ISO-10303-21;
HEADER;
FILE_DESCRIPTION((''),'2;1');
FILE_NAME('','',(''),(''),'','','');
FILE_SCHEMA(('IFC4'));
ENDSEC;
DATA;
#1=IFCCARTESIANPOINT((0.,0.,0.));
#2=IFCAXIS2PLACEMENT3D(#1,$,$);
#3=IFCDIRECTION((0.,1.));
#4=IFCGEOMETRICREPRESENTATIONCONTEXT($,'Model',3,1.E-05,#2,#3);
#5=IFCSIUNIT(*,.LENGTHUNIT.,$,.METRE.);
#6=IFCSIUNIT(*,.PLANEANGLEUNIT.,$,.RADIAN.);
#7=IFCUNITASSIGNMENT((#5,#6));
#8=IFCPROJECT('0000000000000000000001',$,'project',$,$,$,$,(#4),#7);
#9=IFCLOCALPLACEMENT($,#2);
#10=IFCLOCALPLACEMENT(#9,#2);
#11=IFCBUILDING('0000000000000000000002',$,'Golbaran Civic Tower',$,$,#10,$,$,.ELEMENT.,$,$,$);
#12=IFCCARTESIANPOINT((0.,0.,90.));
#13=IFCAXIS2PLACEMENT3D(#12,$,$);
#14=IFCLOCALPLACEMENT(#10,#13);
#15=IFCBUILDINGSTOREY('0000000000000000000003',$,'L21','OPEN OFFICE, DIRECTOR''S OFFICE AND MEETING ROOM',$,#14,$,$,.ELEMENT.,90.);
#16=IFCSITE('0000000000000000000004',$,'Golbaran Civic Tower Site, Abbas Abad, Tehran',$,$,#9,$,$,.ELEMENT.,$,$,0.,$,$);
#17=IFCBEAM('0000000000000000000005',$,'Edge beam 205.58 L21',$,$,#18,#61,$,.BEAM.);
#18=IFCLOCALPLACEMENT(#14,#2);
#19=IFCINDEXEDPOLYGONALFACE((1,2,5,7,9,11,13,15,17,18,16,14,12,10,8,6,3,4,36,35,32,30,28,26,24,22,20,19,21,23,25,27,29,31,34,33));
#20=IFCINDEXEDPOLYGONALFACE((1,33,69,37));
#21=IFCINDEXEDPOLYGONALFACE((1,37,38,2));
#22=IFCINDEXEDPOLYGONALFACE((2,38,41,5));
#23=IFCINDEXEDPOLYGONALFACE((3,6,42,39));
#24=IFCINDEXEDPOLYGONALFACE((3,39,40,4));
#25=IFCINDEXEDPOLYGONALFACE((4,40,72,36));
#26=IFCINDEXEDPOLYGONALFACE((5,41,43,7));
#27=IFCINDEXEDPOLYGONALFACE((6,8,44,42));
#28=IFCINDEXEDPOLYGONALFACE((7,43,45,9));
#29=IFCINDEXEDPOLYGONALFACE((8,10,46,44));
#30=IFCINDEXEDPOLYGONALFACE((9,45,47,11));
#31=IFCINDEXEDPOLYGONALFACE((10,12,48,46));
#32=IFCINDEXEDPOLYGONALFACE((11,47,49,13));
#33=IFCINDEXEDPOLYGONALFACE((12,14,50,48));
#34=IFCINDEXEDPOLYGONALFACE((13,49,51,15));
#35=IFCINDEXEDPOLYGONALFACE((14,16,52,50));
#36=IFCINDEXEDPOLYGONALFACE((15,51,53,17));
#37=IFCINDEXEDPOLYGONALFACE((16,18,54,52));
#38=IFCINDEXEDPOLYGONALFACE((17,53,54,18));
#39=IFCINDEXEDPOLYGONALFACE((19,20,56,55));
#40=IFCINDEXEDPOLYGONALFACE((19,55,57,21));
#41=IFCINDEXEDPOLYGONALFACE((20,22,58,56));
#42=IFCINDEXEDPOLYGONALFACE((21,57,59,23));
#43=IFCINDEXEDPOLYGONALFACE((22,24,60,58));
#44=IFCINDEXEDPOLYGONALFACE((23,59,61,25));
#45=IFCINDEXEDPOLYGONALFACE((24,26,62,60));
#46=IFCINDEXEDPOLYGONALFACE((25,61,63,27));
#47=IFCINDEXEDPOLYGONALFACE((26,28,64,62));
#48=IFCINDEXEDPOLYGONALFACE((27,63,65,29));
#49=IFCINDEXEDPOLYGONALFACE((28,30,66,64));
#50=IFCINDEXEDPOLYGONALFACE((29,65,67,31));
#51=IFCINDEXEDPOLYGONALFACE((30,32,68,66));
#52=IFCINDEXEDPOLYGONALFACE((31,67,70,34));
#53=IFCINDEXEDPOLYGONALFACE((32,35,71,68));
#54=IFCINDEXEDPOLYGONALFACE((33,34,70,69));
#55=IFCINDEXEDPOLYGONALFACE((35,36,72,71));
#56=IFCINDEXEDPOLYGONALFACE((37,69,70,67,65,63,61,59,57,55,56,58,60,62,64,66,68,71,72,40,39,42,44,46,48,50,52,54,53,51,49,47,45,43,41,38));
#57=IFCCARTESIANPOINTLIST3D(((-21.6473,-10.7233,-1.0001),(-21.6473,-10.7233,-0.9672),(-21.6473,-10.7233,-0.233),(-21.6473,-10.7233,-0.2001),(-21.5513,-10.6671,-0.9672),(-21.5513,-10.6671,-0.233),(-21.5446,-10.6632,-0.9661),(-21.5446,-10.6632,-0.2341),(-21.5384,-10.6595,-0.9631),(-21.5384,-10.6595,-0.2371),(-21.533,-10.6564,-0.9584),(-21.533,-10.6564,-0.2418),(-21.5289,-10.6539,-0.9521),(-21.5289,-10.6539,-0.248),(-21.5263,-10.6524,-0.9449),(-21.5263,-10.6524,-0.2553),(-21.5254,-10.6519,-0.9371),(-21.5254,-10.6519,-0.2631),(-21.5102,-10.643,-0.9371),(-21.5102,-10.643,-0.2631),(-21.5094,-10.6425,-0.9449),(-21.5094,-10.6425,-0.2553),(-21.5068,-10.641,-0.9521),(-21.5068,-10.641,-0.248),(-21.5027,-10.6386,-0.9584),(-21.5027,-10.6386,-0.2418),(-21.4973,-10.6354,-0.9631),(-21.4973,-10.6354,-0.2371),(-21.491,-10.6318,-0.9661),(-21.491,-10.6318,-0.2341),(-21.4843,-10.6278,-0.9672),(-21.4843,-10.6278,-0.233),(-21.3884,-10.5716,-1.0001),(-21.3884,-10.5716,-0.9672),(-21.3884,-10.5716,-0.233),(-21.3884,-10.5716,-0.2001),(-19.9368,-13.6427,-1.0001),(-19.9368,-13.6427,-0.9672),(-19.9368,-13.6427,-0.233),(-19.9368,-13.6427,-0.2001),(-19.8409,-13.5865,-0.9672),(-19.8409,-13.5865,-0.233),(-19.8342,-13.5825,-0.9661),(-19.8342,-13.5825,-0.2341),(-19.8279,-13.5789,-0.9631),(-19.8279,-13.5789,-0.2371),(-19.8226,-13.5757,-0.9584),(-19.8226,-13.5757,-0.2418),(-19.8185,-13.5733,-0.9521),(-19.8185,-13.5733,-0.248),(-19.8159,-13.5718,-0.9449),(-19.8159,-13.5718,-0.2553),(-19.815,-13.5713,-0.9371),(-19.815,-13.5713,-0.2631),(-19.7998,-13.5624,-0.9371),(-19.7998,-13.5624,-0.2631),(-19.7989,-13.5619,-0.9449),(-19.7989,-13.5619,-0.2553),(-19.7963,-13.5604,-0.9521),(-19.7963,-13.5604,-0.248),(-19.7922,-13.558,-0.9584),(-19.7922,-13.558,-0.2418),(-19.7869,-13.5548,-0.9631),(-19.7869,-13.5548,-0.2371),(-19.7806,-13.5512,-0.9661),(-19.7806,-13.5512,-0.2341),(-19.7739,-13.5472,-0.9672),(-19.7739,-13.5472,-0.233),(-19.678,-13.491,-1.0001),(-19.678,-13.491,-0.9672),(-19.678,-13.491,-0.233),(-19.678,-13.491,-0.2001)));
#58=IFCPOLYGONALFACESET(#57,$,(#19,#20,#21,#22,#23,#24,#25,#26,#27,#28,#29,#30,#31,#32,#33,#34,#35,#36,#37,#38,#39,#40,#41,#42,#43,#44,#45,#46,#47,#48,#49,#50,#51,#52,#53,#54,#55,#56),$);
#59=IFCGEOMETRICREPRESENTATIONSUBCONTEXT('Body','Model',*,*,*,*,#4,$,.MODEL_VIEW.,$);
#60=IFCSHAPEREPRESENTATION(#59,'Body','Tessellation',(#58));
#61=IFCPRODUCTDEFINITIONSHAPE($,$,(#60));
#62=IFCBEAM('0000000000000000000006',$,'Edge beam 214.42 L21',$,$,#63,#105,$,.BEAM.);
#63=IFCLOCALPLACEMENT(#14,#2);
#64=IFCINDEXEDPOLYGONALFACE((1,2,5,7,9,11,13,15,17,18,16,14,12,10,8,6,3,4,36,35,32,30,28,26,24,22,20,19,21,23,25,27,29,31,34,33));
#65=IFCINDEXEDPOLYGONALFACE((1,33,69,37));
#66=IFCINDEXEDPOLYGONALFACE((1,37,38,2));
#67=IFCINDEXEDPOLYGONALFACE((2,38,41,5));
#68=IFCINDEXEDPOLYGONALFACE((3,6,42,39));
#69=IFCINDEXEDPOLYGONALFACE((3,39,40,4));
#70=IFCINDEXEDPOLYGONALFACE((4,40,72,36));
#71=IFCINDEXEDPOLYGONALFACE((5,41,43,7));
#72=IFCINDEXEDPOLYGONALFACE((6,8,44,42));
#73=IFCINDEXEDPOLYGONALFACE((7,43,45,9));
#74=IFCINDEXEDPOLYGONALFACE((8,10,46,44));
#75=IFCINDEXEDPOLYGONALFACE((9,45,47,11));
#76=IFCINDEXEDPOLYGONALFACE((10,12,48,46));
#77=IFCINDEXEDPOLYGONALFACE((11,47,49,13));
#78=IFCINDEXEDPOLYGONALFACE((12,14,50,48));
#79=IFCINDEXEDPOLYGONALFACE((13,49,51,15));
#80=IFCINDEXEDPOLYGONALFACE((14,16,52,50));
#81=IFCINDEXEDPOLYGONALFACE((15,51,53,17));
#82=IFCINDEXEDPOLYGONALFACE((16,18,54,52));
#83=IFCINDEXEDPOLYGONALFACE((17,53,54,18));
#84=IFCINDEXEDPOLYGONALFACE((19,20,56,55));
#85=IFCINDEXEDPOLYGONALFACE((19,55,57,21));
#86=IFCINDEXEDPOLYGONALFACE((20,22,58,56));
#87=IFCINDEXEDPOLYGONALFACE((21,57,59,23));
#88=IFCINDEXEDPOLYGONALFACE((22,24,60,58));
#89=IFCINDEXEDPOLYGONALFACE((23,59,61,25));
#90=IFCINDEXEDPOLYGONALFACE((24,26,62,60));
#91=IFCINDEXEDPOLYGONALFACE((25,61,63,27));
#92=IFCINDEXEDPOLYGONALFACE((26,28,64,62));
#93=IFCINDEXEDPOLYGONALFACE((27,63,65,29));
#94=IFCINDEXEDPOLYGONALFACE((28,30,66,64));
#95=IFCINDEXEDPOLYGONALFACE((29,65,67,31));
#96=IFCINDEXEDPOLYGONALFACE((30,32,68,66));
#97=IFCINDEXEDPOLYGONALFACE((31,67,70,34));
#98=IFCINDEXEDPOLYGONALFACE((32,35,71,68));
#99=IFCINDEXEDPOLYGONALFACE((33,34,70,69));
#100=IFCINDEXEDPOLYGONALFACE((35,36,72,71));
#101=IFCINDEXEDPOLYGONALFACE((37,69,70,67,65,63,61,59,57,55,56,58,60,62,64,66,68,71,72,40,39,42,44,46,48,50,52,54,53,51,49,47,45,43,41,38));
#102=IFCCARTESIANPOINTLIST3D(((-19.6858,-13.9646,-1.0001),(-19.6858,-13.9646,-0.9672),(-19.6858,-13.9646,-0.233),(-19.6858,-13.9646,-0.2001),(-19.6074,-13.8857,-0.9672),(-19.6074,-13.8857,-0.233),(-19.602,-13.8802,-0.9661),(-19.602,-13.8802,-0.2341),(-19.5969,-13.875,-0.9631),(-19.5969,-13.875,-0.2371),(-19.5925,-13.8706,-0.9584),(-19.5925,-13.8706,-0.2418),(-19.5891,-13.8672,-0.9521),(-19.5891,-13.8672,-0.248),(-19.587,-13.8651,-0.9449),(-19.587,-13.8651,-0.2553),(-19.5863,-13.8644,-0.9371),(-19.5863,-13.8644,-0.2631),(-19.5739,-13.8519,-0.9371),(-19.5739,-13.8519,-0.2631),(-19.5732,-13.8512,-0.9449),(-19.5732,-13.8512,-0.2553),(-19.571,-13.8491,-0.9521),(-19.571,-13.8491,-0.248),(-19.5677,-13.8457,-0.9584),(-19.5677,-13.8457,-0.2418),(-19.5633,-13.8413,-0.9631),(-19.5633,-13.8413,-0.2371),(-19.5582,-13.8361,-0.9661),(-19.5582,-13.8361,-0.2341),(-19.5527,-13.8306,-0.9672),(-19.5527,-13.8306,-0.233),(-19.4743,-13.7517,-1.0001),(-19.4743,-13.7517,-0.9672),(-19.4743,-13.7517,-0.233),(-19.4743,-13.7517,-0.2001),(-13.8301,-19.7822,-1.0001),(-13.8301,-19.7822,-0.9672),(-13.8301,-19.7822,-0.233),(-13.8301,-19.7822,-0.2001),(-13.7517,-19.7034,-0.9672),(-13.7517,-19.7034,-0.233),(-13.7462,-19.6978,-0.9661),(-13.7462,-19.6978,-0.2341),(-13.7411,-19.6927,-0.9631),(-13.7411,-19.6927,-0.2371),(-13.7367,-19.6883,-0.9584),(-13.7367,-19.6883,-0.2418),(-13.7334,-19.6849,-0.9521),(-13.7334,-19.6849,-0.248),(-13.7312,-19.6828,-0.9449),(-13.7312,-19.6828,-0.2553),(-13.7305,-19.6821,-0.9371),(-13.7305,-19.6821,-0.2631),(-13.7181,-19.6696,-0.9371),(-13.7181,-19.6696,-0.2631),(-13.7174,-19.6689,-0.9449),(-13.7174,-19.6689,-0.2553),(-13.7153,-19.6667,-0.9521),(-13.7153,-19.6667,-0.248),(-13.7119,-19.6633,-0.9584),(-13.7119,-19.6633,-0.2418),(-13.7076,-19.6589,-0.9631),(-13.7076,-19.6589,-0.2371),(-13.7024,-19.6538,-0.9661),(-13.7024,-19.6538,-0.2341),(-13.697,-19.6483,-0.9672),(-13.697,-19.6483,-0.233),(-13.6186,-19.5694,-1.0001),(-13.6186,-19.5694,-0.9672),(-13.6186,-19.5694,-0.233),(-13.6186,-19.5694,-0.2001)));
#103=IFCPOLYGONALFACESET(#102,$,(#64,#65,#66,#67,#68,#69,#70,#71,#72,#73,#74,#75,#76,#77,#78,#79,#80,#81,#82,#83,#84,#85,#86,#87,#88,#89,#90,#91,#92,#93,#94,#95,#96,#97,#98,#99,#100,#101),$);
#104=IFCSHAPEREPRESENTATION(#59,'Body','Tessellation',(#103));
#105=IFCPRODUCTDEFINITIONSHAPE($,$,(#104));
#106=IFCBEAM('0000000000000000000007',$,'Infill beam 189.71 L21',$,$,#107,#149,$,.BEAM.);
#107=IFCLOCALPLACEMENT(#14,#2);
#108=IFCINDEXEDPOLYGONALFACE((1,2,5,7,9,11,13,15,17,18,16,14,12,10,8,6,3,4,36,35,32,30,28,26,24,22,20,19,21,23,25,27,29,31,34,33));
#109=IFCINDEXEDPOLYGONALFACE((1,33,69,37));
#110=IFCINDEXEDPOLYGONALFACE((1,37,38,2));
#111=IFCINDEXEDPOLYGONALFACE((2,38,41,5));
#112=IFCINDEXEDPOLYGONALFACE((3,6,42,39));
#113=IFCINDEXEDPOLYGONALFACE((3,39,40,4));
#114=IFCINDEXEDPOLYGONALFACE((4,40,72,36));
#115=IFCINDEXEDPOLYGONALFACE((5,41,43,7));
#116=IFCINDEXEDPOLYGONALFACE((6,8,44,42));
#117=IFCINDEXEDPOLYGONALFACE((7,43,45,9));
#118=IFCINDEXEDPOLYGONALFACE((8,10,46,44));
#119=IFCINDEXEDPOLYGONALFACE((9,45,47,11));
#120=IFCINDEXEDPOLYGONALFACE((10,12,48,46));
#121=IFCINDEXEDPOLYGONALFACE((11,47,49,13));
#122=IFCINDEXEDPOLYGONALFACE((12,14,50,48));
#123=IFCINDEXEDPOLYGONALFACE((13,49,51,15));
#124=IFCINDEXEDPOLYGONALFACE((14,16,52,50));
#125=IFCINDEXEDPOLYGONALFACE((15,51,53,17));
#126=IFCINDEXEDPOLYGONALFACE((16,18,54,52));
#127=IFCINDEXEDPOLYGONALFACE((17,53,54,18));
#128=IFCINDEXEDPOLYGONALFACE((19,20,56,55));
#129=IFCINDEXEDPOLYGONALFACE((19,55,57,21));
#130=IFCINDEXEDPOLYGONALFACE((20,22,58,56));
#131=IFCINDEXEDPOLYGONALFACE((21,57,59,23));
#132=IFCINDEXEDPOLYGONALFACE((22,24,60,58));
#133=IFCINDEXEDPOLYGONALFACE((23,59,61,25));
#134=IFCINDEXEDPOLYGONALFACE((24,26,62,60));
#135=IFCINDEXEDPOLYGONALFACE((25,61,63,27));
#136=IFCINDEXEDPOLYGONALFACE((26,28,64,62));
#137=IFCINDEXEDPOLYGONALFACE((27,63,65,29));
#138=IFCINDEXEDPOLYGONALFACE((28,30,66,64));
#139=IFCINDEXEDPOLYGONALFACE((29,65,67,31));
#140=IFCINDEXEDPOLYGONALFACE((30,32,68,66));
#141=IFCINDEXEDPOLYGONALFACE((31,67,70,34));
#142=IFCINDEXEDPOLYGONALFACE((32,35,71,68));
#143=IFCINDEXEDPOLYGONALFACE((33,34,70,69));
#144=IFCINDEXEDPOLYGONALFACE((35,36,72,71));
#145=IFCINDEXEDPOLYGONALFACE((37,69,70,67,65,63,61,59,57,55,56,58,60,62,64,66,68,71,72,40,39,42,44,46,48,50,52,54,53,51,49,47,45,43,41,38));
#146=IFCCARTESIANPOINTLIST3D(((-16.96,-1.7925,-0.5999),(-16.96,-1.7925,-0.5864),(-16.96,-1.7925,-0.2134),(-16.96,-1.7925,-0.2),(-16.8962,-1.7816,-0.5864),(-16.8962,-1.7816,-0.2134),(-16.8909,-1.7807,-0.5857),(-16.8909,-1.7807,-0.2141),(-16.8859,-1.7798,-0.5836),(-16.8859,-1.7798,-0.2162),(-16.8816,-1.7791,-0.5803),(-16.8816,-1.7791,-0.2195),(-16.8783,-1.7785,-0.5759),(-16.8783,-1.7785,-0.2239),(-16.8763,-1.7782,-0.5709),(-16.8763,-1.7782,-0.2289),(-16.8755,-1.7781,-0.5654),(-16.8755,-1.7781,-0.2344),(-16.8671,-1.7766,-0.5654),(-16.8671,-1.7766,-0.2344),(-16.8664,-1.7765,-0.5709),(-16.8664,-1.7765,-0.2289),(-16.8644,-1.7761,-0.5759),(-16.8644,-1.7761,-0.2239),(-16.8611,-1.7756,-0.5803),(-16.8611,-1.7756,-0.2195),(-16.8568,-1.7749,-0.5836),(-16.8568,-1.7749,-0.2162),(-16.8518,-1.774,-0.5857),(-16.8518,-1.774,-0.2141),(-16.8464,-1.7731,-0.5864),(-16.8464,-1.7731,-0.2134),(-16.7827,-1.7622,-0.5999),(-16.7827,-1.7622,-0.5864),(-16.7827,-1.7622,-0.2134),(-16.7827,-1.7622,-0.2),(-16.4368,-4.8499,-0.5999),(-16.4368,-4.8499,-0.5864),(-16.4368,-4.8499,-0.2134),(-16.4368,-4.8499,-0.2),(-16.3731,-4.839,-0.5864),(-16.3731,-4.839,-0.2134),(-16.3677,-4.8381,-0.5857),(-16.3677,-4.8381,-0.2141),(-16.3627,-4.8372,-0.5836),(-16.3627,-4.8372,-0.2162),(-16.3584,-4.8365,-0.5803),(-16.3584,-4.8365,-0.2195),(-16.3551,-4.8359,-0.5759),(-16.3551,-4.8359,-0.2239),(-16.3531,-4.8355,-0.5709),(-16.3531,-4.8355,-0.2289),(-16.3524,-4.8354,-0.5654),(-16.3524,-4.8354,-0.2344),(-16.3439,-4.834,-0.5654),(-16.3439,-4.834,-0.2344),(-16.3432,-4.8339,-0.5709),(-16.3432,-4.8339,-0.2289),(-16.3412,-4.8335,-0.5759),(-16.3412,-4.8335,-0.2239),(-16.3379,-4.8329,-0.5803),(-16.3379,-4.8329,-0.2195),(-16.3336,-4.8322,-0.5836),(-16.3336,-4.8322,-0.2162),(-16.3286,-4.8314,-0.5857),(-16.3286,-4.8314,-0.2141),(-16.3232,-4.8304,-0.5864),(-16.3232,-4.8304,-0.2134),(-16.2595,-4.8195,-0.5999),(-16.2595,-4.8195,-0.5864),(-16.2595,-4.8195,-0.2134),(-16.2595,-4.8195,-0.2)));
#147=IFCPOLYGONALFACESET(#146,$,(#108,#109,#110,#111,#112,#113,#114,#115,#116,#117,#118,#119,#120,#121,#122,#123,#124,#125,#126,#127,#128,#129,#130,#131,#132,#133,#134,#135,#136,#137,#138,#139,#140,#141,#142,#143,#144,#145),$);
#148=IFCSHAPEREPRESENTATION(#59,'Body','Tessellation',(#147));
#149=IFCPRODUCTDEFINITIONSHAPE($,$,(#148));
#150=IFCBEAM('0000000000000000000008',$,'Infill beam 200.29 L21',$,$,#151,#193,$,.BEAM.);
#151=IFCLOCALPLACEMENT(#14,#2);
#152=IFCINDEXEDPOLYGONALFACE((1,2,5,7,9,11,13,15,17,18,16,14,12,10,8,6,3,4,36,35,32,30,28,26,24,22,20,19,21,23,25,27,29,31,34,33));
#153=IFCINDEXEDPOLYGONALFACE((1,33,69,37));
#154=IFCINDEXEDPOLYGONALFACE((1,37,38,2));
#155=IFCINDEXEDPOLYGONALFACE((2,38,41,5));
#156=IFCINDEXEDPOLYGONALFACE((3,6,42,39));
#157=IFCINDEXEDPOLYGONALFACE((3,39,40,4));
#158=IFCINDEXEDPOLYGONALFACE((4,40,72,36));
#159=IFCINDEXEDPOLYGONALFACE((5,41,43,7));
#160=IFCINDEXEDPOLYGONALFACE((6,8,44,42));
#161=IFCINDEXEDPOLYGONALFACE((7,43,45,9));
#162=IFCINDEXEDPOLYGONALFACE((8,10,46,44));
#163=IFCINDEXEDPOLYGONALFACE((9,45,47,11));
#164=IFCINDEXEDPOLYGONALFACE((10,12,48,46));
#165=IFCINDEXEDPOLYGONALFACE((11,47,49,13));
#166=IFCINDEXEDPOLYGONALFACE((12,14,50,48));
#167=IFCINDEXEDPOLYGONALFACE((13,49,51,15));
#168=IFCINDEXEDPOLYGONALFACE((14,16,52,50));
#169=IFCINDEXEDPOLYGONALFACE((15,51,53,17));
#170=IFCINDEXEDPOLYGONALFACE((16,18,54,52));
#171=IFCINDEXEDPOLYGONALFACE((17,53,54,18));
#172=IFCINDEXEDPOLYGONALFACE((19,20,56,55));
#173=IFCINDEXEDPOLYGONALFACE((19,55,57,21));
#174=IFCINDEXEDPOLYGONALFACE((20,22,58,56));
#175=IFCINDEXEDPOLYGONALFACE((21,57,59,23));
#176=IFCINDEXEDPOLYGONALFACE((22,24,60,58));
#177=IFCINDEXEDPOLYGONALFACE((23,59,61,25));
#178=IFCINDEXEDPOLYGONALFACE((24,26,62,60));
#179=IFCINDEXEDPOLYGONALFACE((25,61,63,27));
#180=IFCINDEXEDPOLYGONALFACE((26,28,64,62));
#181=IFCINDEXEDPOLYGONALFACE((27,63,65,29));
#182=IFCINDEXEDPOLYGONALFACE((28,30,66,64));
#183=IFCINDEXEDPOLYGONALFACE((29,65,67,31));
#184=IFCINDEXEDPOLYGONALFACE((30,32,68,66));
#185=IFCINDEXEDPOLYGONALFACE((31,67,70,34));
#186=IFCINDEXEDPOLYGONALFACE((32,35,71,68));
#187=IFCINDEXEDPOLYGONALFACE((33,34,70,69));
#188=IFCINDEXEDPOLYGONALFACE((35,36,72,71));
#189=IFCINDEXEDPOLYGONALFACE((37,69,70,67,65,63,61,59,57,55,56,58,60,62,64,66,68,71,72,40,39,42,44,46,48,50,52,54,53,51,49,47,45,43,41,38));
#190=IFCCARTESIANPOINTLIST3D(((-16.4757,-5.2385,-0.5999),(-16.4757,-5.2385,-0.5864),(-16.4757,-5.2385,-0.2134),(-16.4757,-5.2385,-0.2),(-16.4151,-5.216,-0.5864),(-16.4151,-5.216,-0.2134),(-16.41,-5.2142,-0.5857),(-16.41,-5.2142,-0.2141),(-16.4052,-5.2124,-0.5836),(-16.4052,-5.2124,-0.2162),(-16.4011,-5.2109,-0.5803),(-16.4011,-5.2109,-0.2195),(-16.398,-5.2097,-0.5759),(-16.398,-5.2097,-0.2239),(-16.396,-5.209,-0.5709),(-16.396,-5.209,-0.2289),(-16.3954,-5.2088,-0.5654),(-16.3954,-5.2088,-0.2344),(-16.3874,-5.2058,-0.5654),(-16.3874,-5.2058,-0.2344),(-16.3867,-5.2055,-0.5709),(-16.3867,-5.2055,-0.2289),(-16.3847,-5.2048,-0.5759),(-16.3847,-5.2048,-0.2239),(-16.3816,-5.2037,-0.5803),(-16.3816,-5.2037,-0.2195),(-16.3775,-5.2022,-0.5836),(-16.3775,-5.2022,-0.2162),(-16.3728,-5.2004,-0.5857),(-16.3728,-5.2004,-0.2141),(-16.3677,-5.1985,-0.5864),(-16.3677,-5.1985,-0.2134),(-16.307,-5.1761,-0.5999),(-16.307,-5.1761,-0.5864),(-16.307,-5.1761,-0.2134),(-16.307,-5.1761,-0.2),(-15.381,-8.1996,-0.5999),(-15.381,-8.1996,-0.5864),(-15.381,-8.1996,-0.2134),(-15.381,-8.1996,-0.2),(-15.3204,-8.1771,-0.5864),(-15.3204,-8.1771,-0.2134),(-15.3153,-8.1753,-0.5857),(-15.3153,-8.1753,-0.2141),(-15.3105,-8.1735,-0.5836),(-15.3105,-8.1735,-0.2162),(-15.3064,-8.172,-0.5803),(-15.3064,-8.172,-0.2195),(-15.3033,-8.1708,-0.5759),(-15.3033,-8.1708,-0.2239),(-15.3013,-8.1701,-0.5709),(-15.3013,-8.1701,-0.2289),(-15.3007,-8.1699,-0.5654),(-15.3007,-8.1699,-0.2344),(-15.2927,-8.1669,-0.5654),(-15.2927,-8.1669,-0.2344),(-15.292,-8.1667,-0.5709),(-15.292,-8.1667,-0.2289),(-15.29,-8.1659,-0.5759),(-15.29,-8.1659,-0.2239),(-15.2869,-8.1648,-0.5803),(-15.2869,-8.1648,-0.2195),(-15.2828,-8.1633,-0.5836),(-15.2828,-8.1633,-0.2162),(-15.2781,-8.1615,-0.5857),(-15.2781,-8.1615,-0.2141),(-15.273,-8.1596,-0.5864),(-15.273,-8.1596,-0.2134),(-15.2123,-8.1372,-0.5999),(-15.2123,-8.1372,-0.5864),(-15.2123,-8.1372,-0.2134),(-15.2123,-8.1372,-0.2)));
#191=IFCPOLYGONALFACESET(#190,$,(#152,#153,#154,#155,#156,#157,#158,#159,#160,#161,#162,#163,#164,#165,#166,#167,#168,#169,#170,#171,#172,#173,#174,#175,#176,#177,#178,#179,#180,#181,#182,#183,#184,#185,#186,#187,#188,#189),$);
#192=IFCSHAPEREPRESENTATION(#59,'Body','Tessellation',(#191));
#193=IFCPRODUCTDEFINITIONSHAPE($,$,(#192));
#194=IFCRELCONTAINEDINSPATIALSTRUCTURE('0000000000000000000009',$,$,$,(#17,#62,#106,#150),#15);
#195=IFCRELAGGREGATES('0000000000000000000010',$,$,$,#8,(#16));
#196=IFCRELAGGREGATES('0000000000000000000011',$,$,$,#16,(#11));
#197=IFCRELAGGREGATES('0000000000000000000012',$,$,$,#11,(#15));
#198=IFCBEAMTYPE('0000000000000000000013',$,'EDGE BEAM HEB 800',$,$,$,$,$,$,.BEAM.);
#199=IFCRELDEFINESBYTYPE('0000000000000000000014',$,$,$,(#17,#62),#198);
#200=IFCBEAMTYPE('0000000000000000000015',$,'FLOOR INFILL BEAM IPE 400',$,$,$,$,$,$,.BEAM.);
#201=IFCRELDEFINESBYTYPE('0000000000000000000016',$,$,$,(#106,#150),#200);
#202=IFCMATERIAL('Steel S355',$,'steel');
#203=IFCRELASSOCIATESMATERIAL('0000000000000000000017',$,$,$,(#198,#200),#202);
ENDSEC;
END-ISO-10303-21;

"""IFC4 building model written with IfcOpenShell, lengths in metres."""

from ifc_helpers import new_model, si_unit, direction, frame, origin, origin_2d, place, context, subcontext, project, spatial, i_section, extrude, material, material_profile, profile_set, type_object, element, save


model = new_model("IFC4")

# Units and contexts
model_context = context("Model", 3, precision=1e-05, world=origin(), true_north=direction((0.0, 1.0)))
body_context = subcontext(model_context, "Body", "Model", "MODEL_VIEW")
ifc_project = project(units=[si_unit("LENGTHUNIT", "METRE"), si_unit("PLANEANGLEUNIT", "RADIAN")], contexts=[model_context])

# Site, building, storey
site_placement = place(None, origin())
site = spatial("IfcSite", under=ifc_project, at=site_placement, Name="Golbaran Civic Tower Site, Abbas Abad, Tehran", CompositionType="ELEMENT", RefElevation=0.0)
building_placement = place(site_placement, origin())
building = spatial("IfcBuilding", under=site, at=building_placement, Name="Golbaran Civic Tower", CompositionType="ELEMENT")
storey_placement = place(building_placement, frame((0.0, 0.0, 90.0)))
storey = spatial("IfcBuildingStorey", under=building, at=storey_placement, Name="L21", Description="OPEN OFFICE, DIRECTOR'S OFFICE AND MEETING ROOM", CompositionType="ELEMENT", Elevation=90.0)

# Beams
ifc_material_1 = material(Name="Steel S355", Category="steel")
ifc_material_profile_1 = material_profile(ifc_material_1, i_section(OverallWidth=0.3, OverallDepth=0.8, WebThickness=0.0176, FlangeThickness=0.033, FilletRadius=0.03, at=origin_2d()), Name="HEB 800")
ifc_profile_set_1 = profile_set([ifc_material_profile_1], Name="Steel S355")
beam_type_1 = type_object("IfcBeamType", Name="EDGE BEAM HEB 800", PredefinedType="BEAM", material=ifc_profile_set_1)
beam_1_placement = place(storey_placement, frame((-21.5178, -10.6475, -0.6001), z_axis=(0.505512, -0.86282, 0.0), x_axis=(0.86282, 0.505512, 0.0)))
element("IfcBeam", 1, at=beam_1_placement, inside=storey, type_object=beam_type_1, Name="Edge beam 205.58 L21", PredefinedType="BEAM", context=body_context, shape_type="SweptSolid", body=[
    extrude(i_section(OverallWidth=0.3, OverallDepth=0.8, WebThickness=0.0176, FlangeThickness=0.033, FilletRadius=0.03, at=origin_2d()), origin(), (0.0, 0.0, 1.0), 3.3835),
])
beam_2_placement = place(storey_placement, frame((-19.5801, -13.8582, -0.6001), z_axis=(0.70941, -0.704796, 0.0), x_axis=(0.704796, 0.70941, 0.0)))
element("IfcBeam", 2, at=beam_2_placement, inside=storey, type_object=beam_type_1, Name="Edge beam 214.42 L21", PredefinedType="BEAM", context=body_context, shape_type="SweptSolid", body=[
    extrude(i_section(OverallWidth=0.3, OverallDepth=0.8, WebThickness=0.0176, FlangeThickness=0.033, FilletRadius=0.03, at=origin_2d()), origin(), (0.0, 0.0, 1.0), 8.2544),
])
ifc_material_profile_2 = material_profile(ifc_material_1, i_section(OverallWidth=0.1799, OverallDepth=0.3999, WebThickness=0.0085, FlangeThickness=0.0134, FilletRadius=0.021, at=origin_2d()), Name="IPE 400")
ifc_profile_set_2 = profile_set([ifc_material_profile_2], Name="Steel S355")
beam_type_2 = type_object("IfcBeamType", Name="FLOOR INFILL BEAM IPE 400", PredefinedType="BEAM", material=ifc_profile_set_2)
beam_3_placement = place(storey_placement, frame((-16.8713, -1.7773, -0.3999), z_axis=(0.168673, -0.985672, 0.0), x_axis=(0.985672, 0.168673, 0.0)))
element("IfcBeam", 3, at=beam_3_placement, inside=storey, type_object=beam_type_2, Name="Infill beam 189.71 L21", PredefinedType="BEAM", context=body_context, shape_type="SweptSolid", body=[
    extrude(i_section(OverallWidth=0.1799, OverallDepth=0.3999, WebThickness=0.0085, FlangeThickness=0.0134, FilletRadius=0.021, at=origin_2d()), origin(), (0.0, 0.0, 1.0), 3.1018),
])
beam_4_placement = place(storey_placement, frame((-16.3914, -5.2073, -0.3999), z_axis=(0.346755, -0.937956, 0.0), x_axis=(0.937956, 0.346755, 0.0)))
element("IfcBeam", 4, at=beam_4_placement, inside=storey, type_object=beam_type_2, Name="Infill beam 200.29 L21", PredefinedType="BEAM", context=body_context, shape_type="SweptSolid", body=[
    extrude(i_section(OverallWidth=0.1799, OverallDepth=0.3999, WebThickness=0.0085, FlangeThickness=0.0134, FilletRadius=0.021, at=origin_2d()), origin(), (0.0, 0.0, 1.0), 3.157),
])

save(model, "model.ifc")
